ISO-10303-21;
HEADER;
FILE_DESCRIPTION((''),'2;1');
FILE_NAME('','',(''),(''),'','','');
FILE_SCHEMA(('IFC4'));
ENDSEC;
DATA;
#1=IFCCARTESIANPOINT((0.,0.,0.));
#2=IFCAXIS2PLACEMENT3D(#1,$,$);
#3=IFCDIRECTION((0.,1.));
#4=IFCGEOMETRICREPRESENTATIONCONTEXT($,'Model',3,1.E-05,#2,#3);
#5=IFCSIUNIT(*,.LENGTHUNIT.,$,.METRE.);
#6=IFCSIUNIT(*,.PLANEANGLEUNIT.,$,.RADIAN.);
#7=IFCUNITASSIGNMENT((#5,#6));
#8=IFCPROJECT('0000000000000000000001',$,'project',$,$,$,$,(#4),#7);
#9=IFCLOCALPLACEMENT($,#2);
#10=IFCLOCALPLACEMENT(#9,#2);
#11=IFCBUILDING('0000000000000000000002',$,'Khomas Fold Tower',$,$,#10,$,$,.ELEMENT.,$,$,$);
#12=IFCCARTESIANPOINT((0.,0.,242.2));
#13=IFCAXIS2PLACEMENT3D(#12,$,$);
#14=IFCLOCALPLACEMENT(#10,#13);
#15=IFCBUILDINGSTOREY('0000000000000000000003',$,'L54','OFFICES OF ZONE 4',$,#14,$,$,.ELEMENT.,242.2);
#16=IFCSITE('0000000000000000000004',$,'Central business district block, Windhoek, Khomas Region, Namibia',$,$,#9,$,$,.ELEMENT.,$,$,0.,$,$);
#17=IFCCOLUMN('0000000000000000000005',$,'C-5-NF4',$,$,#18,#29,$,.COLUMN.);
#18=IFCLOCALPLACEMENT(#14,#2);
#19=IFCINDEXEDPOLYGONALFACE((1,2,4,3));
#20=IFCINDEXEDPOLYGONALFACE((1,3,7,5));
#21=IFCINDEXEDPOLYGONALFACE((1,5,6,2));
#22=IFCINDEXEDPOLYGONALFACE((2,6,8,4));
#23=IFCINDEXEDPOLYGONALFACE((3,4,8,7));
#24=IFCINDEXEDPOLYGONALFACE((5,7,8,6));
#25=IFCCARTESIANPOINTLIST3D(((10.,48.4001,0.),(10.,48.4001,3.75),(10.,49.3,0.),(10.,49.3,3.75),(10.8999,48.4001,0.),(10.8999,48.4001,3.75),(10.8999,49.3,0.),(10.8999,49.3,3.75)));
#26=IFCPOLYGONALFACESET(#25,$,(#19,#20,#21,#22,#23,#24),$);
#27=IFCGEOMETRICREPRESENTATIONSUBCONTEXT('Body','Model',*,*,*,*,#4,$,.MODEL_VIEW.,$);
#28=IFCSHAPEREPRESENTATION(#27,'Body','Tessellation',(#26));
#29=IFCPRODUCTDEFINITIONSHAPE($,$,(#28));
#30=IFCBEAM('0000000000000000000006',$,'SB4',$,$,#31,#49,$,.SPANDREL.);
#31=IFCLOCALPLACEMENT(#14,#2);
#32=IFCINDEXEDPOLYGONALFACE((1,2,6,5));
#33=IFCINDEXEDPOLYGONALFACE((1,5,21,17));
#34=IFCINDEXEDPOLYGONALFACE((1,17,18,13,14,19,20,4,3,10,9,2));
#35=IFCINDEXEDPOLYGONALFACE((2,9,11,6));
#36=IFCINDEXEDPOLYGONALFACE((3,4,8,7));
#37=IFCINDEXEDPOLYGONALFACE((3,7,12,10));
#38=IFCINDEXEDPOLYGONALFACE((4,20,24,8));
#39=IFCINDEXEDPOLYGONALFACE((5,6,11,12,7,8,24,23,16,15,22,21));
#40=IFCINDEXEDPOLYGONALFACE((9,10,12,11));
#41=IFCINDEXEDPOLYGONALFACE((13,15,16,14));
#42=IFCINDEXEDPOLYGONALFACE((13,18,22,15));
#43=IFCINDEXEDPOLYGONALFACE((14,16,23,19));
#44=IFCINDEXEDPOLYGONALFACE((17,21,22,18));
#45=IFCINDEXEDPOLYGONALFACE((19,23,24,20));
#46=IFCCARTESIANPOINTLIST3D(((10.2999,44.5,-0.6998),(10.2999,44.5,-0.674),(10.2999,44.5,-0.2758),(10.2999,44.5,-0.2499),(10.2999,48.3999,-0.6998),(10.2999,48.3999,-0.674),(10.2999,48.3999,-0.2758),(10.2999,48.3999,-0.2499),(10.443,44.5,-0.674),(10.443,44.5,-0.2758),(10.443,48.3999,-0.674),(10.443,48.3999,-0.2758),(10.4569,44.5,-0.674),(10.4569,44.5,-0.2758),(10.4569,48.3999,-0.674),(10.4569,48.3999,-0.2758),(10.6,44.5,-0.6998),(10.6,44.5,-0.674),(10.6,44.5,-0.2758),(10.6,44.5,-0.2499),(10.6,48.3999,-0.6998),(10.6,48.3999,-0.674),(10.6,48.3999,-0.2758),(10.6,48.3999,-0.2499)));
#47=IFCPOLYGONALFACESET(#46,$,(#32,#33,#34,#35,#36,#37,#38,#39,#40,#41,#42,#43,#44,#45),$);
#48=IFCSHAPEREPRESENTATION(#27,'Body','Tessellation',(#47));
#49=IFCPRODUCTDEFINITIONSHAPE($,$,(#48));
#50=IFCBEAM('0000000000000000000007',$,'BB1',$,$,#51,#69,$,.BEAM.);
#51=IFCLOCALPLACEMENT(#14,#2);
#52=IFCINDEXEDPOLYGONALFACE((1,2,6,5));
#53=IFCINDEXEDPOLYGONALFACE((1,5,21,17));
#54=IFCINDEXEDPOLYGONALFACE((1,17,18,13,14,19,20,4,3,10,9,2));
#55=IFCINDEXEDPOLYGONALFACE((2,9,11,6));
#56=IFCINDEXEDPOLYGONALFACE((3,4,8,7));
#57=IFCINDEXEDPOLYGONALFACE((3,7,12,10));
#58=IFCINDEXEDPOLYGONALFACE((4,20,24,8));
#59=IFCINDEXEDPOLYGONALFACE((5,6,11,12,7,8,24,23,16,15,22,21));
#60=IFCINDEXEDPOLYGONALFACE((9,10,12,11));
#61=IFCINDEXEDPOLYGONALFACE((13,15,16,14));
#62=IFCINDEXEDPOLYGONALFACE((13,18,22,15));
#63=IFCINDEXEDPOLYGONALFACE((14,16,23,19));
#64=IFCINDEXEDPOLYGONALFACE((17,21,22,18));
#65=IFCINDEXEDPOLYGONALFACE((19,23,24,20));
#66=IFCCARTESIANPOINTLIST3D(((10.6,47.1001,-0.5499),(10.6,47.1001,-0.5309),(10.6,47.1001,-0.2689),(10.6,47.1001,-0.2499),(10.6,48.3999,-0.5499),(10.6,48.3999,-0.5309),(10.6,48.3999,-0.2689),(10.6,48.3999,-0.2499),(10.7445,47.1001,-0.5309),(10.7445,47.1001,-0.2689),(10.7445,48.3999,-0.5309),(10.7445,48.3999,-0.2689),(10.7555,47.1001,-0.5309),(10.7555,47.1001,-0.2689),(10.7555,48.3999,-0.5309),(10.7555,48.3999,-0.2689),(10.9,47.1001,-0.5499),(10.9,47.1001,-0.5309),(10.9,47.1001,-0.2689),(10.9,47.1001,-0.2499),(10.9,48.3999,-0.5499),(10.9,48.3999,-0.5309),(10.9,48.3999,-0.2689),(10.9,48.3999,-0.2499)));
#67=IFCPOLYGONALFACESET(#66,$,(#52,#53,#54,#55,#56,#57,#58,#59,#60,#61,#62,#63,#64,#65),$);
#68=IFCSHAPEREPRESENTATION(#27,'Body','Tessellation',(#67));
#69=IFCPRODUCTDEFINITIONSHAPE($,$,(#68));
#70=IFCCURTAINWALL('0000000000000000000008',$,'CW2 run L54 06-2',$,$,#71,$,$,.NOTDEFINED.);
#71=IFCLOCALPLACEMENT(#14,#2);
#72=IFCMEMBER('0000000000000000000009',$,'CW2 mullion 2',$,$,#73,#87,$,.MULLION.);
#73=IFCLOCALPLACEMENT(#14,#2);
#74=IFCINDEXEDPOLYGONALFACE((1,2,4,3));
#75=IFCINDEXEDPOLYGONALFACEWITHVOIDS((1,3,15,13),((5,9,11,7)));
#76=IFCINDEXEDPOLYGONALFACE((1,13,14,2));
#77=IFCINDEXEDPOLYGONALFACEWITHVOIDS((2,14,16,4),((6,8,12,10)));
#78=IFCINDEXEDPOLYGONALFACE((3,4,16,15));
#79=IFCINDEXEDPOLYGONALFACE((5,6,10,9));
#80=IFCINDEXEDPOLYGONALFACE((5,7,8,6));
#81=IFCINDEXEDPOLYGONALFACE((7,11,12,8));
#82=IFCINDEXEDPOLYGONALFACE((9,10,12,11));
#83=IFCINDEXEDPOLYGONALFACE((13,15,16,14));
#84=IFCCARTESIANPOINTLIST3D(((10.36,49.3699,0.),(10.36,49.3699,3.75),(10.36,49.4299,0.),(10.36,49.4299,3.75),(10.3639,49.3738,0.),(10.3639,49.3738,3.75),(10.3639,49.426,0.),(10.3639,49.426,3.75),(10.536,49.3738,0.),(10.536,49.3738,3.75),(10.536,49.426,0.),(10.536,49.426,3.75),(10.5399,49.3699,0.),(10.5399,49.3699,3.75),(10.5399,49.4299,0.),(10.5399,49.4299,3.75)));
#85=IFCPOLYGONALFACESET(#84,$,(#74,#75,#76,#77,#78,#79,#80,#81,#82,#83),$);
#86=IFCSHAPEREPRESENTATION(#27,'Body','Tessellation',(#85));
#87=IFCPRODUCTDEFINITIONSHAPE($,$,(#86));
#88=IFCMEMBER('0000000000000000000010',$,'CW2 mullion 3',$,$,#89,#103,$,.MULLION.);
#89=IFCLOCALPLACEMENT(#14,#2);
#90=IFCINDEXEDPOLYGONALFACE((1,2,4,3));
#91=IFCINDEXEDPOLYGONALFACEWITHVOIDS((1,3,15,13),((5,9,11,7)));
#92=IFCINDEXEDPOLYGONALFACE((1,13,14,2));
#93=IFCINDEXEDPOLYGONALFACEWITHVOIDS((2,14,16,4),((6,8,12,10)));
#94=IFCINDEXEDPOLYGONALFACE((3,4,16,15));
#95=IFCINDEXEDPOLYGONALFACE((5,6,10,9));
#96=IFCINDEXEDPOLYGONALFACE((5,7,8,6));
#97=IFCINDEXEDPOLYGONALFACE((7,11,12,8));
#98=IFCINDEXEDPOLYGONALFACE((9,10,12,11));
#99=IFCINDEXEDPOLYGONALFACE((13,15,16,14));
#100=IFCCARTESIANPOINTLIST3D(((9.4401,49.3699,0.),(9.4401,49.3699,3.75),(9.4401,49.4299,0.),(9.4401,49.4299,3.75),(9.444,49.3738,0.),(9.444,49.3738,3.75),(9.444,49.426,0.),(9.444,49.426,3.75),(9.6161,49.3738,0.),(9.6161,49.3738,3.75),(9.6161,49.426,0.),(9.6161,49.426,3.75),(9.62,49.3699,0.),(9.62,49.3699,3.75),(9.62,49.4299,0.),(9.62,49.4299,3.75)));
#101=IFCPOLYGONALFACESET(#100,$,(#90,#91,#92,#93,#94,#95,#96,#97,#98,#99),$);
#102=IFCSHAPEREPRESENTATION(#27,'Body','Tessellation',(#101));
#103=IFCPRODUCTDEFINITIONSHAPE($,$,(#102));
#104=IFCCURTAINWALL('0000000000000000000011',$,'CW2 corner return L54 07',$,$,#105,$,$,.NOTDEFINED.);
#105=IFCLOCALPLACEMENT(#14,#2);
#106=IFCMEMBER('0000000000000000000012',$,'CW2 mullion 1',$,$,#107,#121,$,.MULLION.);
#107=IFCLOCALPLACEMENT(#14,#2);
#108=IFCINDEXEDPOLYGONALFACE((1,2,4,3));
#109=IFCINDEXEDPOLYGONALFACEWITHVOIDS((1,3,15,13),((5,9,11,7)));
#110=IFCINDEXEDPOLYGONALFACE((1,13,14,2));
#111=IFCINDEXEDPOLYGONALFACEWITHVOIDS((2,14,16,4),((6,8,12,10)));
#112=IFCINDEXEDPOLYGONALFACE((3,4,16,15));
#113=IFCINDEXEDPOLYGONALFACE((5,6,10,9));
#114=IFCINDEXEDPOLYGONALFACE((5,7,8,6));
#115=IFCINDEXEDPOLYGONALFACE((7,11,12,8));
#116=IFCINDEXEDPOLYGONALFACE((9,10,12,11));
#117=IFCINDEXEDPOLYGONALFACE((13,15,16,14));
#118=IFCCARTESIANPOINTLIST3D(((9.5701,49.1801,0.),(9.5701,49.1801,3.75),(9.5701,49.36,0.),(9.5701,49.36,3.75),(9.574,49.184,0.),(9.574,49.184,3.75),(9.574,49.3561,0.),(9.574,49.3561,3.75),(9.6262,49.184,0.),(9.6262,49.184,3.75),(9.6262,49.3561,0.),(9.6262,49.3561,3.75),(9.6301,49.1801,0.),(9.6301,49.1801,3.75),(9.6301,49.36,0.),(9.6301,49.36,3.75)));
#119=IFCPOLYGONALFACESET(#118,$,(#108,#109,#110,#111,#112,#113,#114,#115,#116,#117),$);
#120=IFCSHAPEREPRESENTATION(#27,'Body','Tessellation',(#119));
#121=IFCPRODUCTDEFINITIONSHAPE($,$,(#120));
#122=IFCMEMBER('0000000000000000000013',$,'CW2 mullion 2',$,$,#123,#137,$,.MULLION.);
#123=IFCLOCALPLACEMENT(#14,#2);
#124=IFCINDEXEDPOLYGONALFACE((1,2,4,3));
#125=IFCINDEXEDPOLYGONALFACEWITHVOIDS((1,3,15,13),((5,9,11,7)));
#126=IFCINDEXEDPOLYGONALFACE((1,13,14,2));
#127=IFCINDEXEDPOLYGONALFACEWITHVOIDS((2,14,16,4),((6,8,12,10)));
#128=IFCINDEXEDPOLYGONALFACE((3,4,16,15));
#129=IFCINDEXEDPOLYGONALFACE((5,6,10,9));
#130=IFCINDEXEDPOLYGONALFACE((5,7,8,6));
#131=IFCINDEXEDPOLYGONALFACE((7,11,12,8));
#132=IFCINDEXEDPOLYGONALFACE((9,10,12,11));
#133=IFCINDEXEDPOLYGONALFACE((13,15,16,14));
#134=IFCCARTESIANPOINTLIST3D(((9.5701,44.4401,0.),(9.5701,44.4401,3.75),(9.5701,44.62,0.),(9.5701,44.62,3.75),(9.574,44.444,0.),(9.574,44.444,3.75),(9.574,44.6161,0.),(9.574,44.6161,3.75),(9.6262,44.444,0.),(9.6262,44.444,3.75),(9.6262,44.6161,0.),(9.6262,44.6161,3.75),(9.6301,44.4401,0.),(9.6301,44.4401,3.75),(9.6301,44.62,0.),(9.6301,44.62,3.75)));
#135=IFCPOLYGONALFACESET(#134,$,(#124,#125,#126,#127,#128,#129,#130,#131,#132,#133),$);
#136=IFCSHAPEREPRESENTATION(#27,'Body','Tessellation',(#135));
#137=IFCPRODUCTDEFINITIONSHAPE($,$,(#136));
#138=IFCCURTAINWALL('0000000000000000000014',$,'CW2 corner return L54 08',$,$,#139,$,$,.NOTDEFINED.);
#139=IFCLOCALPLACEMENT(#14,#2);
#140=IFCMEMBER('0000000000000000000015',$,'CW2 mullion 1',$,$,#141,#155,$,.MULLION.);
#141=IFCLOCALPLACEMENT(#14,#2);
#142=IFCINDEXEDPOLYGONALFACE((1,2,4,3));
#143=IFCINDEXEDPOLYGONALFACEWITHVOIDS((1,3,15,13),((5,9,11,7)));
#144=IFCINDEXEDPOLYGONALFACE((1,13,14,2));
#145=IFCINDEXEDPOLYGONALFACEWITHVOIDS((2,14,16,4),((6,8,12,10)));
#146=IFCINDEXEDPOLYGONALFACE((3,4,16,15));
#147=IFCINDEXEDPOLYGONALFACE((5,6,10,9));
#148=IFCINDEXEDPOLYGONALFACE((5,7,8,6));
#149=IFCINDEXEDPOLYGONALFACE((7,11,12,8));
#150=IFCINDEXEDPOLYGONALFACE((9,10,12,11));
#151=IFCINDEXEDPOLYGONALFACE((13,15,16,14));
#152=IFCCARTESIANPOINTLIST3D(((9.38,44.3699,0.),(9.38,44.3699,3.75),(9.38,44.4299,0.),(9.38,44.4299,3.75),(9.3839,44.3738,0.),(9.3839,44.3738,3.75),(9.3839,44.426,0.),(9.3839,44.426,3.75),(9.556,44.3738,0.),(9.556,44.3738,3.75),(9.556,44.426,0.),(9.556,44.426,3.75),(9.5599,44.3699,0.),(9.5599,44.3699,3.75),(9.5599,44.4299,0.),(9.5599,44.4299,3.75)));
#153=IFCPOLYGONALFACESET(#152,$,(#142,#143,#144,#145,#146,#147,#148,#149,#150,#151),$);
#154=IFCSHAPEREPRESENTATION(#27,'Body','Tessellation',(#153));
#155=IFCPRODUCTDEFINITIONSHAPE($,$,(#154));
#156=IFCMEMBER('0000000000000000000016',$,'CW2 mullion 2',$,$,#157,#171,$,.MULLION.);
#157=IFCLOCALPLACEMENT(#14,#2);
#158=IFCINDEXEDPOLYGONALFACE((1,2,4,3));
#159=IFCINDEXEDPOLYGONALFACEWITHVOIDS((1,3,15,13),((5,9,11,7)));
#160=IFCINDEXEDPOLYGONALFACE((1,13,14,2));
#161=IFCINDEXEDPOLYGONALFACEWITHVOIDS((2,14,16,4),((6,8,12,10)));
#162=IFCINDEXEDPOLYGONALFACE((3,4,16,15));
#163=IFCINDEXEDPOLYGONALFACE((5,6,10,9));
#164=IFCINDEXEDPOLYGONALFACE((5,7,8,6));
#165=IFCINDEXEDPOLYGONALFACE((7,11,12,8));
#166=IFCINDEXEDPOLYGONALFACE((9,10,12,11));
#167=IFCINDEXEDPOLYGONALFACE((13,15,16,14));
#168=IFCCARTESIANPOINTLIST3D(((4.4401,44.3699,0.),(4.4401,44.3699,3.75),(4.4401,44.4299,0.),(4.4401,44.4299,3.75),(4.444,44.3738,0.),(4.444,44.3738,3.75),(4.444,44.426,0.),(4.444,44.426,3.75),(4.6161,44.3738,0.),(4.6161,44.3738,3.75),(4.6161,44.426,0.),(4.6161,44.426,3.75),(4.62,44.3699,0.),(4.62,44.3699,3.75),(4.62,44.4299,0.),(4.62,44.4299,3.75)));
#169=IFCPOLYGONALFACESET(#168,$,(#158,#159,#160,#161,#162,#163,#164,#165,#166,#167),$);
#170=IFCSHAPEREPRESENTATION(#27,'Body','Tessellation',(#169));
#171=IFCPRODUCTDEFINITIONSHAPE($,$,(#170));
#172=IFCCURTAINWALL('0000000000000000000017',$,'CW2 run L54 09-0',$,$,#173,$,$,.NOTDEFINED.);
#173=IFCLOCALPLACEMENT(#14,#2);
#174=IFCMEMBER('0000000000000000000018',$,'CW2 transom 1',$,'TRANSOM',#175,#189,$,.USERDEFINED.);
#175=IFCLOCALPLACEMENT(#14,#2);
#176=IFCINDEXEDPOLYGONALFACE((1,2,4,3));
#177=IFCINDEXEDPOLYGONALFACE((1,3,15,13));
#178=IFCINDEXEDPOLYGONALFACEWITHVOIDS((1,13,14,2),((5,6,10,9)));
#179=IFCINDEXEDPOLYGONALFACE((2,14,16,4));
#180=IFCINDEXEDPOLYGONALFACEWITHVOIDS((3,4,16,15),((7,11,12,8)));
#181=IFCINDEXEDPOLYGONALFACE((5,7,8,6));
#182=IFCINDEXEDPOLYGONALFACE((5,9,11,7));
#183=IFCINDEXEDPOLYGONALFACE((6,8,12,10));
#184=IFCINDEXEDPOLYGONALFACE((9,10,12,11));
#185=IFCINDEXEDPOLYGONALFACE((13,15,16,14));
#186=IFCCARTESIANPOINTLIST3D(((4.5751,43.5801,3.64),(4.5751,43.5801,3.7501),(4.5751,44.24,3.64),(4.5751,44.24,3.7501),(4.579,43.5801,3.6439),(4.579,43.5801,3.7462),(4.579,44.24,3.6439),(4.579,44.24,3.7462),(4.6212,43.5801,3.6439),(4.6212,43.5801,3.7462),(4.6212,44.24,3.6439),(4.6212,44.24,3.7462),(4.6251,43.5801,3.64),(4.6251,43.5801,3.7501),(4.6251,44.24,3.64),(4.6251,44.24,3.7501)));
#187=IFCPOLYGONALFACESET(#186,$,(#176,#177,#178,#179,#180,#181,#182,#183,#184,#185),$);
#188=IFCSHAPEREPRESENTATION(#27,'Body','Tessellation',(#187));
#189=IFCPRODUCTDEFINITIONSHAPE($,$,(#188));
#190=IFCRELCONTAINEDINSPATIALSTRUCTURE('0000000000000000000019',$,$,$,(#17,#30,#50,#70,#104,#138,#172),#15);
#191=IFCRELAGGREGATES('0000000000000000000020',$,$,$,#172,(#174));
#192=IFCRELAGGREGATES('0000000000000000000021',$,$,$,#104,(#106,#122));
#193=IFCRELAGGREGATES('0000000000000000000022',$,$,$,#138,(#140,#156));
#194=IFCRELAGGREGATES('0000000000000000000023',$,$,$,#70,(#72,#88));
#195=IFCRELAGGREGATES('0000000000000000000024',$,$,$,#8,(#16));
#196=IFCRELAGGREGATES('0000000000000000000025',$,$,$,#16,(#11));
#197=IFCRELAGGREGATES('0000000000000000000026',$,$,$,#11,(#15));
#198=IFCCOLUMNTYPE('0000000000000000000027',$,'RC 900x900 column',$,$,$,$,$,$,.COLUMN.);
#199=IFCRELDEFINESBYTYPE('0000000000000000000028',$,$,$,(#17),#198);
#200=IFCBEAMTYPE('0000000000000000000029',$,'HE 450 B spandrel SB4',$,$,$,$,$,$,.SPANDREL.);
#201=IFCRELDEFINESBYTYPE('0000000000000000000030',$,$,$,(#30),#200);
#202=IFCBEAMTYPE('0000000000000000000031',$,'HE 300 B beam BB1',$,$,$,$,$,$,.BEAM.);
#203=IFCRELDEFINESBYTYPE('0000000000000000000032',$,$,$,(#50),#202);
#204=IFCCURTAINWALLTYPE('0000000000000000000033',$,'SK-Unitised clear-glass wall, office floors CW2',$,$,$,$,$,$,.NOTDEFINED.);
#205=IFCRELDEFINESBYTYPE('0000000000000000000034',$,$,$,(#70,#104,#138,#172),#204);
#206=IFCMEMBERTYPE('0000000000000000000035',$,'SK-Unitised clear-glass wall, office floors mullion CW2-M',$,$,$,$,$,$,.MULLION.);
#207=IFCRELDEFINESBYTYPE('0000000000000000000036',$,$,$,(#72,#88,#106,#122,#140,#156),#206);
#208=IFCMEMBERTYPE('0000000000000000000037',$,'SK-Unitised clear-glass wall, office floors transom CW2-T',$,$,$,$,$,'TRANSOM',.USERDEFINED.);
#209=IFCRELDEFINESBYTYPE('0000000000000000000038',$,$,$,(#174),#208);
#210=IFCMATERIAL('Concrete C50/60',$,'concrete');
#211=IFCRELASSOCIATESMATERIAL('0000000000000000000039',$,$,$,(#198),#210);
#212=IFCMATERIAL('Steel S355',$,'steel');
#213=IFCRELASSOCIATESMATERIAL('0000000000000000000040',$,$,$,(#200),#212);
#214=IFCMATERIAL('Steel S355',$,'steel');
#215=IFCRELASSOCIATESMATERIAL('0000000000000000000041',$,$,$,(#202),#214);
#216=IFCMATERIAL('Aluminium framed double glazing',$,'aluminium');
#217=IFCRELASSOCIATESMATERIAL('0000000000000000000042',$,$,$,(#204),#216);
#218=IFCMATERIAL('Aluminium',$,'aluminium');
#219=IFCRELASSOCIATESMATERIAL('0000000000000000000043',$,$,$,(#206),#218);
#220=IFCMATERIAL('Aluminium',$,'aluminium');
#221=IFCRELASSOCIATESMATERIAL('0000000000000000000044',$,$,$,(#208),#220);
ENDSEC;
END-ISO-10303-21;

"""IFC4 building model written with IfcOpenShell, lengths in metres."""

from ifc_helpers import new_model, si_unit, direction, frame, origin, origin_2d, place, context, subcontext, project, spatial, rectangle, hollow_rectangle, i_section, extrude, source, transform, mapped, material, material_profile, profile_set, type_object, element, aggregate, save


model = new_model("IFC4")

# Units and contexts
model_context = context("Model", 3, precision=1e-05, world=origin(), true_north=direction((0.0, 1.0)))
body_context = subcontext(model_context, "Body", "Model", "MODEL_VIEW")
ifc_project = project(units=[si_unit("LENGTHUNIT", "METRE"), si_unit("PLANEANGLEUNIT", "RADIAN")], contexts=[model_context])

# Site, building, storey
site_placement = place(None, origin())
site = spatial("IfcSite", under=ifc_project, at=site_placement, Name="Central business district block, Windhoek, Khomas Region, Namibia", CompositionType="ELEMENT", RefElevation=0.0)
building_placement = place(site_placement, origin())
building = spatial("IfcBuilding", under=site, at=building_placement, Name="Khomas Fold Tower", CompositionType="ELEMENT")
storey_placement = place(building_placement, frame((0.0, 0.0, 242.2)))
storey = spatial("IfcBuildingStorey", under=building, at=storey_placement, Name="L54", Description="OFFICES OF ZONE 4", CompositionType="ELEMENT", Elevation=242.2)

# Column
ifc_material_1 = material(Name="Concrete C50/60", Category="concrete")
ifc_material_profile_1 = material_profile(ifc_material_1, rectangle(XDim=0.8999, YDim=0.8999, at=origin_2d()), Name="RC 900x900")
ifc_profile_set_1 = profile_set([ifc_material_profile_1], Name="Concrete C50/60")
column_type = type_object("IfcColumnType", Name="RC 900x900 column", PredefinedType="COLUMN", material=ifc_profile_set_1)
shared_shape_1 = source(origin(), body_context, "Body", "SweptSolid", [
    extrude(rectangle(XDim=0.8999, YDim=0.8999, at=origin_2d()), origin(), (0.0, 0.0, 1.0), 3.75),
])
column_placement = place(storey_placement, frame((10.45, 48.8501, 0.0), z_axis=(0.0, 0.0, 1.0), x_axis=(1.0, 0.0, 0.0)))
element("IfcColumn", 1, at=column_placement, inside=storey, type_object=column_type, Name="C-5-NF4", PredefinedType="COLUMN", context=body_context, shape_type="MappedRepresentation", body=[
    mapped(shared_shape_1, transform((0.0, 0.0, 0.0))),
])

# Beams
ifc_material_2 = material(Name="Steel S355", Category="steel")
ifc_material_profile_2 = material_profile(ifc_material_2, i_section(OverallWidth=0.3, OverallDepth=0.45, WebThickness=0.0139, FlangeThickness=0.0259, at=origin_2d()), Name="HE 450 B")
ifc_profile_set_2 = profile_set([ifc_material_profile_2], Name="Steel S355")
beam_type_1 = type_object("IfcBeamType", Name="HE 450 B spandrel SB4", PredefinedType="SPANDREL", material=ifc_profile_set_2)
shared_shape_2 = source(origin(), body_context, "Body", "SweptSolid", [
    extrude(i_section(OverallWidth=0.3, OverallDepth=0.45, WebThickness=0.0139, FlangeThickness=0.0259, at=origin_2d()), origin(), (0.0, 0.0, 1.0), 3.8999),
])
beam_1_placement = place(storey_placement, frame((10.45, 44.5, -0.4749), z_axis=(0.0, 1.0, 0.0), x_axis=(-1.0, 0.0, 0.0)))
element("IfcBeam", 2, at=beam_1_placement, inside=storey, type_object=beam_type_1, Name="SB4", PredefinedType="SPANDREL", context=body_context, shape_type="MappedRepresentation", body=[
    mapped(shared_shape_2, transform((0.0, 0.0, 0.0))),
])
ifc_material_3 = material(Name="Steel S355", Category="steel")
ifc_material_profile_3 = material_profile(ifc_material_3, i_section(OverallWidth=0.3, OverallDepth=0.3, WebThickness=0.011, FlangeThickness=0.019, at=origin_2d()), Name="HE 300 B")
ifc_profile_set_3 = profile_set([ifc_material_profile_3], Name="Steel S355")
beam_type_2 = type_object("IfcBeamType", Name="HE 300 B beam BB1", PredefinedType="BEAM", material=ifc_profile_set_3)
shared_shape_3 = source(origin(), body_context, "Body", "SweptSolid", [
    extrude(i_section(OverallWidth=0.3, OverallDepth=0.3, WebThickness=0.011, FlangeThickness=0.019, at=origin_2d()), origin(), (0.0, 0.0, 1.0), 1.2998),
])
beam_2_placement = place(storey_placement, frame((10.75, 47.1001, -0.3999), z_axis=(0.0, 1.0, 0.0), x_axis=(-1.0, 0.0, 0.0)))
element("IfcBeam", 3, at=beam_2_placement, inside=storey, type_object=beam_type_2, Name="BB1", PredefinedType="BEAM", context=body_context, shape_type="MappedRepresentation", body=[
    mapped(shared_shape_3, transform((0.0, 0.0, 0.0))),
])

# Curtain walls, members
ifc_material_4 = material(Name="Aluminium framed double glazing", Category="aluminium")
curtain_wall_type = type_object("IfcCurtainWallType", Name="SK-Unitised clear-glass wall, office floors CW2", PredefinedType="NOTDEFINED", material=ifc_material_4)
curtain_wall_1_placement = place(storey_placement, origin())
curtain_wall_1 = element("IfcCurtainWall", 4, at=curtain_wall_1_placement, inside=storey, type_object=curtain_wall_type, Name="CW2 run L54 06-2", PredefinedType="NOTDEFINED")
ifc_material_5 = material(Name="Aluminium", Category="aluminium")
ifc_material_profile_4 = material_profile(ifc_material_5, hollow_rectangle(XDim=0.0601, YDim=0.1799, WallThickness=0.0039, at=origin_2d()), Name="SK-Unitised clear-glass wall, office floors mullion CW2-M")
ifc_profile_set_4 = profile_set([ifc_material_profile_4], Name="Aluminium")
member_type_1 = type_object("IfcMemberType", Name="SK-Unitised clear-glass wall, office floors mullion CW2-M", PredefinedType="MULLION", material=ifc_profile_set_4)
shared_shape_4 = source(origin(), body_context, "Body", "SweptSolid", [
    extrude(hollow_rectangle(XDim=0.0601, YDim=0.1799, WallThickness=0.0039, at=origin_2d()), origin(), (0.0, 0.0, 1.0), 3.75),
])
member_1_placement = place(storey_placement, frame((10.45, 49.3999, 0.0), z_axis=(0.0, 0.0, 1.0), x_axis=(0.0, -1.0, 0.0)))
member_1 = element("IfcMember", 5, at=member_1_placement, type_object=member_type_1, Name="CW2 mullion 2", PredefinedType="MULLION", context=body_context, shape_type="MappedRepresentation", body=[
    mapped(shared_shape_4, transform((0.0, 0.0, 0.0))),
])
member_2_placement = place(storey_placement, frame((9.53, 49.3999, 0.0), z_axis=(0.0, 0.0, 1.0), x_axis=(0.0, -1.0, 0.0)))
member_2 = element("IfcMember", 6, at=member_2_placement, type_object=member_type_1, Name="CW2 mullion 3", PredefinedType="MULLION", context=body_context, shape_type="MappedRepresentation", body=[
    mapped(shared_shape_4, transform((0.0, 0.0, 0.0))),
])
curtain_wall_2_placement = place(storey_placement, origin())
curtain_wall_2 = element("IfcCurtainWall", 7, at=curtain_wall_2_placement, inside=storey, type_object=curtain_wall_type, Name="CW2 corner return L54 07", PredefinedType="NOTDEFINED")
member_3_placement = place(storey_placement, frame((9.6001, 49.27, 0.0), z_axis=(0.0, 0.0, 1.0), x_axis=(1.0, 0.0, 0.0)))
member_3 = element("IfcMember", 8, at=member_3_placement, type_object=member_type_1, Name="CW2 mullion 1", PredefinedType="MULLION", context=body_context, shape_type="MappedRepresentation", body=[
    mapped(shared_shape_4, transform((0.0, 0.0, 0.0))),
])
member_4_placement = place(storey_placement, frame((9.6001, 44.53, 0.0), z_axis=(0.0, 0.0, 1.0), x_axis=(1.0, 0.0, 0.0)))
member_4 = element("IfcMember", 9, at=member_4_placement, type_object=member_type_1, Name="CW2 mullion 2", PredefinedType="MULLION", context=body_context, shape_type="MappedRepresentation", body=[
    mapped(shared_shape_4, transform((0.0, 0.0, 0.0))),
])
curtain_wall_3_placement = place(storey_placement, origin())
curtain_wall_3 = element("IfcCurtainWall", 10, at=curtain_wall_3_placement, inside=storey, type_object=curtain_wall_type, Name="CW2 corner return L54 08", PredefinedType="NOTDEFINED")
member_5_placement = place(storey_placement, frame((9.47, 44.3999, 0.0), z_axis=(0.0, 0.0, 1.0), x_axis=(0.0, -1.0, 0.0)))
member_5 = element("IfcMember", 11, at=member_5_placement, type_object=member_type_1, Name="CW2 mullion 1", PredefinedType="MULLION", context=body_context, shape_type="MappedRepresentation", body=[
    mapped(shared_shape_4, transform((0.0, 0.0, 0.0))),
])
member_6_placement = place(storey_placement, frame((4.53, 44.3999, 0.0), z_axis=(0.0, 0.0, 1.0), x_axis=(0.0, -1.0, 0.0)))
member_6 = element("IfcMember", 12, at=member_6_placement, type_object=member_type_1, Name="CW2 mullion 2", PredefinedType="MULLION", context=body_context, shape_type="MappedRepresentation", body=[
    mapped(shared_shape_4, transform((0.0, 0.0, 0.0))),
])

# Curtain wall, member
curtain_wall_4_placement = place(storey_placement, origin())
curtain_wall_4 = element("IfcCurtainWall", 13, at=curtain_wall_4_placement, inside=storey, type_object=curtain_wall_type, Name="CW2 run L54 09-0", PredefinedType="NOTDEFINED")
ifc_material_6 = material(Name="Aluminium", Category="aluminium")
ifc_material_profile_5 = material_profile(ifc_material_6, hollow_rectangle(XDim=0.05, YDim=0.1101, WallThickness=0.0039, at=origin_2d()), Name="SK-Unitised clear-glass wall, office floors transom CW2-T")
ifc_profile_set_5 = profile_set([ifc_material_profile_5], Name="Aluminium")
member_type_2 = type_object("IfcMemberType", Name="SK-Unitised clear-glass wall, office floors transom CW2-T", ElementType="TRANSOM", PredefinedType="USERDEFINED", material=ifc_profile_set_5)
shared_shape_5 = source(origin(), body_context, "Body", "SweptSolid", [
    extrude(hollow_rectangle(XDim=0.05, YDim=0.1101, WallThickness=0.0039, at=origin_2d()), origin(), (0.0, 0.0, 1.0), 0.6599),
])
member_7_placement = place(storey_placement, frame((4.6001, 44.24, 3.6951), z_axis=(0.0, -1.0, 0.0), x_axis=(1.0, 0.0, 0.0)))
member_7 = element("IfcMember", 14, at=member_7_placement, type_object=member_type_2, Name="CW2 transom 1", ObjectType="TRANSOM", PredefinedType="USERDEFINED", context=body_context, shape_type="MappedRepresentation", body=[
    mapped(shared_shape_5, transform((0.0, 0.0, 0.0))),
])

aggregate(curtain_wall_4, [member_7])
aggregate(curtain_wall_2, [member_3, member_4])
aggregate(curtain_wall_3, [member_5, member_6])
aggregate(curtain_wall_1, [member_1, member_2])

save(model, "model.ifc")
